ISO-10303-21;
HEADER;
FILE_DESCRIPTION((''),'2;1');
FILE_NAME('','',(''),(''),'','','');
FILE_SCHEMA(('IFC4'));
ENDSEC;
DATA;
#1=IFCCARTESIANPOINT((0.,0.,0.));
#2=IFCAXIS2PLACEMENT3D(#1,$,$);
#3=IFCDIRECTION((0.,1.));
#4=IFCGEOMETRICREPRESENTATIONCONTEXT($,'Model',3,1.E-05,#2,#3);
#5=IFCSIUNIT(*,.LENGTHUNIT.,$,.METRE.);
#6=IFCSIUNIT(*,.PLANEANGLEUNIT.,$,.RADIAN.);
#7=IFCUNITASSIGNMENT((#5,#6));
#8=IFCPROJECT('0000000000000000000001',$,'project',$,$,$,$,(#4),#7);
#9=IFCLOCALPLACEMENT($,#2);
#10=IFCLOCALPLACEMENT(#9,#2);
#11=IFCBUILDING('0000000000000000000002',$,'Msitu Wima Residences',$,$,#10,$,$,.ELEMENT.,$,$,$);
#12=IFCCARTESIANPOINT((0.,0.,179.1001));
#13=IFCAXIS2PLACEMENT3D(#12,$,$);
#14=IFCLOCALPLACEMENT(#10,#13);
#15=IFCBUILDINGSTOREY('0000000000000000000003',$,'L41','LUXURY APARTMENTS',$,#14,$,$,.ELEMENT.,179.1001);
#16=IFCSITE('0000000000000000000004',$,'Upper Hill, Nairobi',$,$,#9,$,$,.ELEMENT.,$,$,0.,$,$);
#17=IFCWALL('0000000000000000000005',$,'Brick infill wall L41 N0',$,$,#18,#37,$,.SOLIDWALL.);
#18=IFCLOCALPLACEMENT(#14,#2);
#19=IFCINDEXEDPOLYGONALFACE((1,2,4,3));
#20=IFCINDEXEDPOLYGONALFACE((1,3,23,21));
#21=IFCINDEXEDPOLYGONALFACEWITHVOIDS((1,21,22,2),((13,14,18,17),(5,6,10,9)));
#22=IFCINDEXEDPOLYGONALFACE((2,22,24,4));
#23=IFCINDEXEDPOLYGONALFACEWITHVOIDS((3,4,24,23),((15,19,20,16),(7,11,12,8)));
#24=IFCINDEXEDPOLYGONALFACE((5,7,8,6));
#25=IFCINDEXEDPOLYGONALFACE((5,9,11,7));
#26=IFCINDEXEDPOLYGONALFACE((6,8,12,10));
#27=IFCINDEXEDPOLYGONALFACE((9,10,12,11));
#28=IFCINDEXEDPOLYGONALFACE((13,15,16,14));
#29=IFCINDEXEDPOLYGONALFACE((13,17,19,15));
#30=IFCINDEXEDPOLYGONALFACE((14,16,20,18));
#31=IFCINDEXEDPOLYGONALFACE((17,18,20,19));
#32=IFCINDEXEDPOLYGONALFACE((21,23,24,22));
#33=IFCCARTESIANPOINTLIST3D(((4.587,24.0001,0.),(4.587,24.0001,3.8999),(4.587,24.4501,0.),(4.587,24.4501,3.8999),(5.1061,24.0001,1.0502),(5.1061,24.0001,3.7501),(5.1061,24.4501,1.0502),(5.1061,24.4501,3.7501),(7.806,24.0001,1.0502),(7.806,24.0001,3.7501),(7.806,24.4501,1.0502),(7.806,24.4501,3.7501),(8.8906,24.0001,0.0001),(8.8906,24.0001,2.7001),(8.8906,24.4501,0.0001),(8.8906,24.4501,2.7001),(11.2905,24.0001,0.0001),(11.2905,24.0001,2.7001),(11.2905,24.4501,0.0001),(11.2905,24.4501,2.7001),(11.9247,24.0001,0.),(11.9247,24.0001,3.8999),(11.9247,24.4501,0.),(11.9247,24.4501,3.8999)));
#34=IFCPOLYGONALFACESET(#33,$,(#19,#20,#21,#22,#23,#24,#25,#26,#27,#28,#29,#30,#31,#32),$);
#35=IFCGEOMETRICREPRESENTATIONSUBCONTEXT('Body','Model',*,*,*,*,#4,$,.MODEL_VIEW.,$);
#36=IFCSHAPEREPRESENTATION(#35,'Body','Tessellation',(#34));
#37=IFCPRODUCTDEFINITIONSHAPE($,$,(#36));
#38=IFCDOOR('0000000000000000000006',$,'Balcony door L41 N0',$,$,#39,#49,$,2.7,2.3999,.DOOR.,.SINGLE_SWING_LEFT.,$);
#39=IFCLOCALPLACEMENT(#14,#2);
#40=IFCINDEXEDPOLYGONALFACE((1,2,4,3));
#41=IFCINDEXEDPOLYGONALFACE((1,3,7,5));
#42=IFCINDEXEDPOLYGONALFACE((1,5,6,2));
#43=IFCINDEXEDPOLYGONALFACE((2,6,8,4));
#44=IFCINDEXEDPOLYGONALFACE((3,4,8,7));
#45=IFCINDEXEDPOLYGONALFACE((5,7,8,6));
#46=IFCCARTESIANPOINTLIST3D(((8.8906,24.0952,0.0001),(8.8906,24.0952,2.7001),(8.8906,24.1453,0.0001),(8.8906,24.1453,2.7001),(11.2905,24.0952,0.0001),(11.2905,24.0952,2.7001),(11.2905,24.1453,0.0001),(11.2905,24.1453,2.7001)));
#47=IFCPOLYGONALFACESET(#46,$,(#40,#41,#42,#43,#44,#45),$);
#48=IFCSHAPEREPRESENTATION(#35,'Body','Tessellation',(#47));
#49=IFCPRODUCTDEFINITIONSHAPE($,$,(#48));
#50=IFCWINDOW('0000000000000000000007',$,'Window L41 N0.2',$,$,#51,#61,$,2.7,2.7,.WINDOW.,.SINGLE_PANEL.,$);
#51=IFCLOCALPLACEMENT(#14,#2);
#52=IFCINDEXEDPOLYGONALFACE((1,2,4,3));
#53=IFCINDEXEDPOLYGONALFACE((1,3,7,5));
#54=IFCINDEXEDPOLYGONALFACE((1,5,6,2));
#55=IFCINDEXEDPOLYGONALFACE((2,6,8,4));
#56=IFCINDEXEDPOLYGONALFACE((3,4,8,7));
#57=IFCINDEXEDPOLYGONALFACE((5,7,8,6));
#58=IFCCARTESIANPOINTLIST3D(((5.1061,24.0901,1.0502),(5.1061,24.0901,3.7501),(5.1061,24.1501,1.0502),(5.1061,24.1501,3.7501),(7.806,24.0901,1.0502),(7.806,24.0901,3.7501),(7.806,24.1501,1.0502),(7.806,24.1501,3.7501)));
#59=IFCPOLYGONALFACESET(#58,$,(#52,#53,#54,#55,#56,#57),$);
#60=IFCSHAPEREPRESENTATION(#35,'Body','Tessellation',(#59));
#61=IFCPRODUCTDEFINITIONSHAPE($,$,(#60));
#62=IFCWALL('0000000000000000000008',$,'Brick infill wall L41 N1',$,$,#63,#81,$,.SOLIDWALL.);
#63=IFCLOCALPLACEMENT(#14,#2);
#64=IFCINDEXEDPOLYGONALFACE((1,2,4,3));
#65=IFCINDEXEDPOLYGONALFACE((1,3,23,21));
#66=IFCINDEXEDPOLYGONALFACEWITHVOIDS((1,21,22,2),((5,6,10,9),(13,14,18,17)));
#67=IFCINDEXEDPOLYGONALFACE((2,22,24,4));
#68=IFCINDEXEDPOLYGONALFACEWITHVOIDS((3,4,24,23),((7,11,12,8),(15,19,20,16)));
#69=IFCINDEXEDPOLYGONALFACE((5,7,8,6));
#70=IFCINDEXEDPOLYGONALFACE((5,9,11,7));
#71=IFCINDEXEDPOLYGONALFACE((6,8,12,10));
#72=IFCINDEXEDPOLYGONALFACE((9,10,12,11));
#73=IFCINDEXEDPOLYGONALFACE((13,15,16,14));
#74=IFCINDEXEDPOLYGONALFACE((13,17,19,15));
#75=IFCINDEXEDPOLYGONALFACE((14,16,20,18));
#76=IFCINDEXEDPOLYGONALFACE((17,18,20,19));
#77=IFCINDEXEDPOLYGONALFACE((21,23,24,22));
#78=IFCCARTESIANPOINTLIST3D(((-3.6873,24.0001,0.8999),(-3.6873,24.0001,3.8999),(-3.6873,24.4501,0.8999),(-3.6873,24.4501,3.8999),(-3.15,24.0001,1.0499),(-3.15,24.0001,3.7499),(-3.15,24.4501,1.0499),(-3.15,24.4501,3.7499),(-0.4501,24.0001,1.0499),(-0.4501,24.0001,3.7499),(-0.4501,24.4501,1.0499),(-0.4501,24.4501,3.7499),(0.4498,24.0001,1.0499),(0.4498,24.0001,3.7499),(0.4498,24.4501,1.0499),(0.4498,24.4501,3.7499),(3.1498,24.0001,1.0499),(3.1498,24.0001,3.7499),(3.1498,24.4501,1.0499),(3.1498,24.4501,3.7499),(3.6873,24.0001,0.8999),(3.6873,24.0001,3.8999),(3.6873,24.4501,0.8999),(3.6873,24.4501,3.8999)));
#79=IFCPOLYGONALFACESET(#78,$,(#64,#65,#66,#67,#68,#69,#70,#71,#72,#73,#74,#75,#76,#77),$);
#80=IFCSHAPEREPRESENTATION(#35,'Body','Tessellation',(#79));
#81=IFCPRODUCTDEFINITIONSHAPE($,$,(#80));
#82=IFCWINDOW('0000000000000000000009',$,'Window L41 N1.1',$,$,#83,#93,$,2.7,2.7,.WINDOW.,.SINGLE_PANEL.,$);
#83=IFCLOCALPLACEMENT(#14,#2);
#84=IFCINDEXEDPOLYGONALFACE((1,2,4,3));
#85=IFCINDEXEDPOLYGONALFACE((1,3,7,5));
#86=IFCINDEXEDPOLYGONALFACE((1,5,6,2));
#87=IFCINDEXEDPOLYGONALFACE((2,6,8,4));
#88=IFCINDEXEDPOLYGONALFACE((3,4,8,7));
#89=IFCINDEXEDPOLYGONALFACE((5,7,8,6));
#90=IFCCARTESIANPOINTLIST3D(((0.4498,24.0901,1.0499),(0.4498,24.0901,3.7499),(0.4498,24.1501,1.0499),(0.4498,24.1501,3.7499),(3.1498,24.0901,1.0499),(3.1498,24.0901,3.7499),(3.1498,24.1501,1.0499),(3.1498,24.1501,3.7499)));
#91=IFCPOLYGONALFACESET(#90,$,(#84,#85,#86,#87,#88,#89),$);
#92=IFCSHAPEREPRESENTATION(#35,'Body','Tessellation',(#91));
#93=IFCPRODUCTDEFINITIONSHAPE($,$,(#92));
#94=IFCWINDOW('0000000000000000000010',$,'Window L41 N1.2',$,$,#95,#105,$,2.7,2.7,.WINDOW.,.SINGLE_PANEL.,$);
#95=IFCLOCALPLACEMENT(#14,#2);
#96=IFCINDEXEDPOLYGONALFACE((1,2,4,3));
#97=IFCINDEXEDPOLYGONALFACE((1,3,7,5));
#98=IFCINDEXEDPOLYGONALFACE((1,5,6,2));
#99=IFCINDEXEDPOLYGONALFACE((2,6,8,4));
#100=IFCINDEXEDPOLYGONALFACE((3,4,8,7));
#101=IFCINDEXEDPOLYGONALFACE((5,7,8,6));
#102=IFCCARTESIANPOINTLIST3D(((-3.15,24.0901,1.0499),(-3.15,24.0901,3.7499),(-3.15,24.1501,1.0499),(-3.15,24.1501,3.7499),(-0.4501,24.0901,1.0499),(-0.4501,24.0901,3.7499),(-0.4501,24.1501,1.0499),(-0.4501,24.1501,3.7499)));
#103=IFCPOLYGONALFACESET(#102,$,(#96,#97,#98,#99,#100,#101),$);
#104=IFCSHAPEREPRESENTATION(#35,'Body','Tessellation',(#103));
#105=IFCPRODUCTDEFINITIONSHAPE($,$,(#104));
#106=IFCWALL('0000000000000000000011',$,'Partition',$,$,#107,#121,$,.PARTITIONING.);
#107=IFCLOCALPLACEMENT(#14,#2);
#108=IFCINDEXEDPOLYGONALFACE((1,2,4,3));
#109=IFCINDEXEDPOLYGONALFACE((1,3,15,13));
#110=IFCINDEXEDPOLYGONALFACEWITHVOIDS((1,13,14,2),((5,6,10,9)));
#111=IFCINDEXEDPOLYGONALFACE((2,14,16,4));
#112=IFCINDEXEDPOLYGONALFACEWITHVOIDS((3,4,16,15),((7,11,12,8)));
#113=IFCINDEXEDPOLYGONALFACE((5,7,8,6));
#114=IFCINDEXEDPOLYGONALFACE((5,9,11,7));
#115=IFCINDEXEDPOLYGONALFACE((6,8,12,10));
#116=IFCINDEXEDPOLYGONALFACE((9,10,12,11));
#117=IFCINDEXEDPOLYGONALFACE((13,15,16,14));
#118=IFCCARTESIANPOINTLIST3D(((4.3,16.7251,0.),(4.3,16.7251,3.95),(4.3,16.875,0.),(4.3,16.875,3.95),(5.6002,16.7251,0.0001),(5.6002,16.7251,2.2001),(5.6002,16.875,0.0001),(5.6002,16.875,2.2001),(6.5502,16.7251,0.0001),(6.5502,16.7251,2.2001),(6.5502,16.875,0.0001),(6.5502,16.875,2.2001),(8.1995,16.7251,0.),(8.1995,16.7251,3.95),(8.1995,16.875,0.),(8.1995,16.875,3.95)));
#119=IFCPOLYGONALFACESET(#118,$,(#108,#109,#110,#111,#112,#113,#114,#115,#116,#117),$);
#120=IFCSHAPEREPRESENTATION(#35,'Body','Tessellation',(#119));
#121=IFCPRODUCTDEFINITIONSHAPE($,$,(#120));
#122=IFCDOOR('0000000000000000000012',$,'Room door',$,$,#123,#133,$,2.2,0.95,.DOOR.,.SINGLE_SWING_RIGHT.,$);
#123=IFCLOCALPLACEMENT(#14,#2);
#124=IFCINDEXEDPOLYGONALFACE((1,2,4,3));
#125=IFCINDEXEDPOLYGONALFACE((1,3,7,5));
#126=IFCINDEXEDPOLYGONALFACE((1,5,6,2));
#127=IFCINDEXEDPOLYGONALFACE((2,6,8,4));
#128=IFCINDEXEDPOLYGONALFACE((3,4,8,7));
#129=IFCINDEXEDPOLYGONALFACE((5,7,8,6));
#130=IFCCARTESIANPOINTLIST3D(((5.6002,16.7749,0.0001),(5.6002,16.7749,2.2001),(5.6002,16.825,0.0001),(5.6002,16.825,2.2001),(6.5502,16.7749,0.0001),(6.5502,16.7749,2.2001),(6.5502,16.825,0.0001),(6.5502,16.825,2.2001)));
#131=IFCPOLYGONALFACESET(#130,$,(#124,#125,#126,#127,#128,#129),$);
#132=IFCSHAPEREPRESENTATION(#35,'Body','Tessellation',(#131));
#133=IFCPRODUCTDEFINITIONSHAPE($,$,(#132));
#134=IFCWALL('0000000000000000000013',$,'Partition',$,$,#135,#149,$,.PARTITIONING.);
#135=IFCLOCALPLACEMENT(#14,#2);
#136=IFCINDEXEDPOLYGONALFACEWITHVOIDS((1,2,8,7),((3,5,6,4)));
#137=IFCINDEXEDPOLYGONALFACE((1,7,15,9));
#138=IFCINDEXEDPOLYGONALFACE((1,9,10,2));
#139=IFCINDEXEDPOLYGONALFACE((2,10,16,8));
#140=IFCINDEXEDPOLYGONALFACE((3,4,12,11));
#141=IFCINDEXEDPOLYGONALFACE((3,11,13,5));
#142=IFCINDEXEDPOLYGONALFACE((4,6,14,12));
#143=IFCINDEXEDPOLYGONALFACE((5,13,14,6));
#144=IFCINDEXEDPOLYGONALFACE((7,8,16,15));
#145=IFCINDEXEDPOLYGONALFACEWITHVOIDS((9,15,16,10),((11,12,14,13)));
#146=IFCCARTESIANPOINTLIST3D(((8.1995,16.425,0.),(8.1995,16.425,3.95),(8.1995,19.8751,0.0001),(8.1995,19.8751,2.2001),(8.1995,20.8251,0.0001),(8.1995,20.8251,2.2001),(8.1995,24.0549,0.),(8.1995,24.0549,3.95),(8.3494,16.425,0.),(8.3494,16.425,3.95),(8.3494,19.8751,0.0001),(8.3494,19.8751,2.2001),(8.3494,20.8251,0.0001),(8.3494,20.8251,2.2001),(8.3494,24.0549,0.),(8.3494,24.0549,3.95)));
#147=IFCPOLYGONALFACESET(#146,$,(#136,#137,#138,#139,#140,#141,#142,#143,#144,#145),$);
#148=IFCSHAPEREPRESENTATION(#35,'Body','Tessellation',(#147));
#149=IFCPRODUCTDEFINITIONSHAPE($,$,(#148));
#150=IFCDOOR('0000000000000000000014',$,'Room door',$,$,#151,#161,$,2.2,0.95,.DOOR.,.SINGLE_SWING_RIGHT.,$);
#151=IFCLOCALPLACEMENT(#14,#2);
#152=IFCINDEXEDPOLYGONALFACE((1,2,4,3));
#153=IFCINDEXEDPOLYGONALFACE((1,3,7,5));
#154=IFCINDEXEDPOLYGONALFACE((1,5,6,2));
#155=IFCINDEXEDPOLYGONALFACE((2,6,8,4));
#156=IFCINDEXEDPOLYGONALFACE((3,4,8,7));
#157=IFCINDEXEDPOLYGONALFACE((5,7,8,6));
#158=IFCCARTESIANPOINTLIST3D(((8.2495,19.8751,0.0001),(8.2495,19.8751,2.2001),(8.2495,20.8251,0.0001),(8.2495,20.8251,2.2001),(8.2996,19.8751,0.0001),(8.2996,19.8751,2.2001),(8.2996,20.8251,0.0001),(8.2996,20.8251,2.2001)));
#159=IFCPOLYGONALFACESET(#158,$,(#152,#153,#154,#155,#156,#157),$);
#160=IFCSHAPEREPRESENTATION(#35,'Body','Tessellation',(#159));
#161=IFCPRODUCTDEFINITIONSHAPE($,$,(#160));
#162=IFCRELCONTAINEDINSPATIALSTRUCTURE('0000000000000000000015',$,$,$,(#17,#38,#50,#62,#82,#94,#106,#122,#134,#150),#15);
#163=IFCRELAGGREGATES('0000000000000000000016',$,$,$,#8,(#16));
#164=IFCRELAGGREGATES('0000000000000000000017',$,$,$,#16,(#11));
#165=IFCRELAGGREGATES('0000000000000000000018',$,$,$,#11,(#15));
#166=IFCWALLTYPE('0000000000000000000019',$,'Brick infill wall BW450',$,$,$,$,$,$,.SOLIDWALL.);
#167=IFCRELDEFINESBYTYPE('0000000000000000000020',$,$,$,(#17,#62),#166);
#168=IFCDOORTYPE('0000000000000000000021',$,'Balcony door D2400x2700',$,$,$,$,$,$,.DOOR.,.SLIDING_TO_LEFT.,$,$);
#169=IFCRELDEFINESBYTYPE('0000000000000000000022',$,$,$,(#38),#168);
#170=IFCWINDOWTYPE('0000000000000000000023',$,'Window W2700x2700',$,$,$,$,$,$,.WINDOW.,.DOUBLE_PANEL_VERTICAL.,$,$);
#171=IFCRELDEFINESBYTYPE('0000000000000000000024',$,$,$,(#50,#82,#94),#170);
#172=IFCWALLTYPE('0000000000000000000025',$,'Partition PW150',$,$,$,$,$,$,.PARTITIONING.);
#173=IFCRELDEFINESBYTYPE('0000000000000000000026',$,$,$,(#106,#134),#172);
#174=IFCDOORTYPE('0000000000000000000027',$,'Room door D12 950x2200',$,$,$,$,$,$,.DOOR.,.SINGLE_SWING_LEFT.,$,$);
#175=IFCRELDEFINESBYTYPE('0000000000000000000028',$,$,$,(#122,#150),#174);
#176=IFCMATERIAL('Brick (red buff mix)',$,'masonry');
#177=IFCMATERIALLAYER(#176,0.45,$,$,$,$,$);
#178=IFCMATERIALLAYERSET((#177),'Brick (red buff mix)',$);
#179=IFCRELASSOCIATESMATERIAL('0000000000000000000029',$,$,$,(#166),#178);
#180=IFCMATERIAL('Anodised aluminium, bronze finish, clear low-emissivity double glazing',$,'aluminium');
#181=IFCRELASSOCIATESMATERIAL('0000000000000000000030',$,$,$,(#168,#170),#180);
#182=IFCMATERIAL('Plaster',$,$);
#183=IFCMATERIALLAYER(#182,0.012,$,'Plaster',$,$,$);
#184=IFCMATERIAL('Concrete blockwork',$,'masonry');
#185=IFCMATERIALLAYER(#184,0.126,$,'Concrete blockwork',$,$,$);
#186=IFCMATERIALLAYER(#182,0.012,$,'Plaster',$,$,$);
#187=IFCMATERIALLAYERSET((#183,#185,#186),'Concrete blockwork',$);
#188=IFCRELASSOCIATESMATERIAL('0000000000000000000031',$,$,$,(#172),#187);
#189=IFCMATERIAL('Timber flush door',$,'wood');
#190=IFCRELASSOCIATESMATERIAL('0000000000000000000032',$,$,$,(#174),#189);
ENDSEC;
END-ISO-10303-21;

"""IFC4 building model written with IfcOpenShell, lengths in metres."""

from ifc_helpers import new_model, si_unit, direction, frame, frame_2d, origin, place, context, subcontext, project, spatial, rectangle, extrude, material, layer, layer_set, type_object, element, fill, save


model = new_model("IFC4")

# Units and contexts
model_context = context("Model", 3, precision=1e-05, world=origin(), true_north=direction((0.0, 1.0)))
body_context = subcontext(model_context, "Body", "Model", "MODEL_VIEW")
ifc_project = project(units=[si_unit("LENGTHUNIT", "METRE"), si_unit("PLANEANGLEUNIT", "RADIAN")], contexts=[model_context])

# Site, building, storey
site_placement = place(None, origin())
site = spatial("IfcSite", under=ifc_project, at=site_placement, Name="Upper Hill, Nairobi", CompositionType="ELEMENT", RefElevation=0.0)
building_placement = place(site_placement, origin())
building = spatial("IfcBuilding", under=site, at=building_placement, Name="Msitu Wima Residences", CompositionType="ELEMENT")
storey_placement = place(building_placement, frame((0.0, 0.0, 179.1001)))
storey = spatial("IfcBuildingStorey", under=building, at=storey_placement, Name="L41", Description="LUXURY APARTMENTS", CompositionType="ELEMENT", Elevation=179.1001)

# Wall, openings, door, window
ifc_material_1 = material(Name="Brick (red buff mix)", Category="masonry")
ifc_layer_1 = layer(ifc_material_1, 0.45)
ifc_layer_set_1 = layer_set([ifc_layer_1], Name="Brick (red buff mix)")
wall_type_1 = type_object("IfcWallType", Name="Brick infill wall BW450", PredefinedType="SOLIDWALL", material=ifc_layer_set_1)
wall_1_placement = place(storey_placement, frame((11.9248, 24.2251, 0.0), z_axis=(0.0, 0.0, 1.0), x_axis=(-1.0, 0.0, 0.0)))
wall_1 = element("IfcWall", 1, at=wall_1_placement, inside=storey, type_object=wall_type_1, Name="Brick infill wall L41 N0", PredefinedType="SOLIDWALL", context=body_context, shape_type="SweptSolid", body=[
    extrude(rectangle(XDim=7.3376, YDim=0.45, at=frame_2d((3.6689, 0.0))), origin(), (0.0, 0.0, 1.0), 3.8999),
])
opening_1_placement = place(wall_1_placement, frame((0.6343, 0.0, 0.0)))
opening_1 = element("IfcOpeningElement", 2, at=opening_1_placement, cuts=wall_1, PredefinedType="OPENING", context=body_context, shape_type="SweptSolid", body=[
    extrude(rectangle(XDim=2.3999, YDim=2.7, at=frame_2d((1.2, 1.3501))), frame((0.0, 0.2349, 0.0), z_axis=(0.0, -1.0, 0.0), x_axis=(1.0, 0.0, 0.0)), (0.0, 0.0, 1.0), 0.47),
])
opening_2_placement = place(wall_1_placement, frame((4.1187, 0.0, 1.05)))
opening_2 = element("IfcOpeningElement", 3, at=opening_2_placement, cuts=wall_1, PredefinedType="OPENING", context=body_context, shape_type="SweptSolid", body=[
    extrude(rectangle(XDim=2.7, YDim=2.7, at=frame_2d((1.3501, 1.3501))), frame((0.0, 0.2349, 0.0), z_axis=(0.0, -1.0, 0.0), x_axis=(1.0, 0.0, 0.0)), (0.0, 0.0, 1.0), 0.47),
])
ifc_material_2 = material(Name="Anodised aluminium, bronze finish, clear low-emissivity double glazing", Category="aluminium")
door_type_1 = type_object("IfcDoorType", Name="Balcony door D2400x2700", OperationType="SLIDING_TO_LEFT", PredefinedType="DOOR", material=ifc_material_2)
door_1_placement = place(opening_1_placement, origin())
door_1 = element("IfcDoor", 4, at=door_1_placement, inside=storey, type_object=door_type_1, Name="Balcony door L41 N0", OperationType="SINGLE_SWING_LEFT", OverallHeight=2.7, OverallWidth=2.3999, PredefinedType="DOOR", context=body_context, shape_type="SweptSolid", body=[
    extrude(rectangle(XDim=2.3999, YDim=2.7, at=frame_2d((1.2, 1.3501))), frame((0.0, 0.1299, 0.0), z_axis=(0.0, -1.0, 0.0), x_axis=(1.0, 0.0, 0.0)), (0.0, 0.0, 1.0), 0.05),
])
fill(opening_1, door_1)
window_type = type_object("IfcWindowType", Name="Window W2700x2700", PartitioningType="DOUBLE_PANEL_VERTICAL", PredefinedType="WINDOW", material=ifc_material_2)
window_1_placement = place(opening_2_placement, origin())
window_1 = element("IfcWindow", 5, at=window_1_placement, inside=storey, type_object=window_type, Name="Window L41 N0.2", OverallHeight=2.7, OverallWidth=2.7, PartitioningType="SINGLE_PANEL", PredefinedType="WINDOW", context=body_context, shape_type="SweptSolid", body=[
    extrude(rectangle(XDim=2.7, YDim=2.7, at=frame_2d((1.3501, 1.3501))), frame((0.0, 0.135, 0.0), z_axis=(0.0, -1.0, 0.0), x_axis=(1.0, 0.0, 0.0)), (0.0, 0.0, 1.0), 0.0601),
])
fill(opening_2, window_1)

# Wall, openings, windows
wall_2_placement = place(storey_placement, frame((3.6873, 24.2251, 0.8999), z_axis=(0.0, 0.0, 1.0), x_axis=(-1.0, 0.0, 0.0)))
wall_2 = element("IfcWall", 6, at=wall_2_placement, inside=storey, type_object=wall_type_1, Name="Brick infill wall L41 N1", PredefinedType="SOLIDWALL", context=body_context, shape_type="SweptSolid", body=[
    extrude(rectangle(XDim=7.3745, YDim=0.45, at=frame_2d((3.6873, 0.0))), origin(), (0.0, 0.0, 1.0), 3.0),
])
opening_3_placement = place(wall_2_placement, frame((0.5374, 0.0, 0.1499)))
opening_3 = element("IfcOpeningElement", 7, at=opening_3_placement, cuts=wall_2, PredefinedType="OPENING", context=body_context, shape_type="SweptSolid", body=[
    extrude(rectangle(XDim=2.7, YDim=2.7, at=frame_2d((1.3501, 1.3501))), frame((0.0, 0.2349, 0.0), z_axis=(0.0, -1.0, 0.0), x_axis=(1.0, 0.0, 0.0)), (0.0, 0.0, 1.0), 0.47),
])
opening_4_placement = place(wall_2_placement, frame((4.1372, 0.0, 0.1499)))
opening_4 = element("IfcOpeningElement", 8, at=opening_4_placement, cuts=wall_2, PredefinedType="OPENING", context=body_context, shape_type="SweptSolid", body=[
    extrude(rectangle(XDim=2.7, YDim=2.7, at=frame_2d((1.3501, 1.3501))), frame((0.0, 0.2349, 0.0), z_axis=(0.0, -1.0, 0.0), x_axis=(1.0, 0.0, 0.0)), (0.0, 0.0, 1.0), 0.47),
])
window_2_placement = place(opening_3_placement, origin())
window_2 = element("IfcWindow", 9, at=window_2_placement, inside=storey, type_object=window_type, Name="Window L41 N1.1", OverallHeight=2.7, OverallWidth=2.7, PartitioningType="SINGLE_PANEL", PredefinedType="WINDOW", context=body_context, shape_type="SweptSolid", body=[
    extrude(rectangle(XDim=2.7, YDim=2.7, at=frame_2d((1.3501, 1.3501))), frame((0.0, 0.135, 0.0), z_axis=(0.0, -1.0, 0.0), x_axis=(1.0, 0.0, 0.0)), (0.0, 0.0, 1.0), 0.0601),
])
fill(opening_3, window_2)
window_3_placement = place(opening_4_placement, origin())
window_3 = element("IfcWindow", 10, at=window_3_placement, inside=storey, type_object=window_type, Name="Window L41 N1.2", OverallHeight=2.7, OverallWidth=2.7, PartitioningType="SINGLE_PANEL", PredefinedType="WINDOW", context=body_context, shape_type="SweptSolid", body=[
    extrude(rectangle(XDim=2.7, YDim=2.7, at=frame_2d((1.3501, 1.3501))), frame((0.0, 0.135, 0.0), z_axis=(0.0, -1.0, 0.0), x_axis=(1.0, 0.0, 0.0)), (0.0, 0.0, 1.0), 0.0601),
])
fill(opening_4, window_3)

# Walls, openings, doors
ifc_material_3 = material(Name="Plaster")
ifc_layer_2 = layer(ifc_material_3, 0.012, Name="Plaster")
ifc_material_4 = material(Name="Concrete blockwork", Category="masonry")
ifc_layer_3 = layer(ifc_material_4, 0.126, Name="Concrete blockwork")
ifc_layer_4 = layer(ifc_material_3, 0.012, Name="Plaster")
ifc_layer_set_2 = layer_set([ifc_layer_2, ifc_layer_3, ifc_layer_4], Name="Concrete blockwork")
wall_type_2 = type_object("IfcWallType", Name="Partition PW150", PredefinedType="PARTITIONING", material=ifc_layer_set_2)
wall_3_placement = place(storey_placement, frame((4.3, 16.8, 0.0), z_axis=(0.0, 0.0, 1.0), x_axis=(1.0, 0.0, 0.0)))
wall_3 = element("IfcWall", 11, at=wall_3_placement, inside=storey, type_object=wall_type_2, Name="Partition", PredefinedType="PARTITIONING", context=body_context, shape_type="SweptSolid", body=[
    extrude(rectangle(XDim=3.8994, YDim=0.1499, at=frame_2d((1.9497, 0.0))), origin(), (0.0, 0.0, 1.0), 3.95),
])
opening_5_placement = place(wall_3_placement, frame((1.3, 0.0, 0.0)))
opening_5 = element("IfcOpeningElement", 12, at=opening_5_placement, cuts=wall_3, PredefinedType="OPENING", context=body_context, shape_type="SweptSolid", body=[
    extrude(rectangle(XDim=0.95, YDim=2.2, at=frame_2d((0.4751, 1.1001))), frame((0.0, 0.085, 0.0), z_axis=(0.0, -1.0, 0.0), x_axis=(1.0, 0.0, 0.0)), (0.0, 0.0, 1.0), 0.1699),
])
ifc_material_5 = material(Name="Timber flush door", Category="wood")
door_type_2 = type_object("IfcDoorType", Name="Room door D12 950x2200", OperationType="SINGLE_SWING_LEFT", PredefinedType="DOOR", material=ifc_material_5)
door_2_placement = place(opening_5_placement, origin())
door_2 = element("IfcDoor", 13, at=door_2_placement, inside=storey, type_object=door_type_2, Name="Room door", OperationType="SINGLE_SWING_RIGHT", OverallHeight=2.2, OverallWidth=0.95, PredefinedType="DOOR", context=body_context, shape_type="SweptSolid", body=[
    extrude(rectangle(XDim=0.95, YDim=2.2, at=frame_2d((0.4751, 1.1001))), frame((0.0, 0.0249, 0.0), z_axis=(0.0, -1.0, 0.0), x_axis=(1.0, 0.0, 0.0)), (0.0, 0.0, 1.0), 0.05),
])
fill(opening_5, door_2)
wall_4_placement = place(storey_placement, frame((8.2744, 16.425, 0.0), z_axis=(0.0, 0.0, 1.0), x_axis=(0.0, 1.0, 0.0)))
wall_4 = element("IfcWall", 14, at=wall_4_placement, inside=storey, type_object=wall_type_2, Name="Partition", PredefinedType="PARTITIONING", context=body_context, shape_type="SweptSolid", body=[
    extrude(rectangle(XDim=7.6299, YDim=0.1499, at=frame_2d((3.8149, 0.0))), origin(), (0.0, 0.0, 1.0), 3.95),
])
opening_6_placement = place(wall_4_placement, frame((3.45, 0.0, 0.0)))
opening_6 = element("IfcOpeningElement", 15, at=opening_6_placement, cuts=wall_4, PredefinedType="OPENING", context=body_context, shape_type="SweptSolid", body=[
    extrude(rectangle(XDim=0.95, YDim=2.2, at=frame_2d((0.4751, 1.1001))), frame((0.0, 0.085, 0.0), z_axis=(0.0, -1.0, 0.0), x_axis=(1.0, 0.0, 0.0)), (0.0, 0.0, 1.0), 0.1699),
])
door_3_placement = place(opening_6_placement, origin())
door_3 = element("IfcDoor", 16, at=door_3_placement, inside=storey, type_object=door_type_2, Name="Room door", OperationType="SINGLE_SWING_RIGHT", OverallHeight=2.2, OverallWidth=0.95, PredefinedType="DOOR", context=body_context, shape_type="SweptSolid", body=[
    extrude(rectangle(XDim=0.95, YDim=2.2, at=frame_2d((0.4751, 1.1001))), frame((0.0, 0.0249, 0.0), z_axis=(0.0, -1.0, 0.0), x_axis=(1.0, 0.0, 0.0)), (0.0, 0.0, 1.0), 0.05),
])
fill(opening_6, door_3)

save(model, "model.ifc")
